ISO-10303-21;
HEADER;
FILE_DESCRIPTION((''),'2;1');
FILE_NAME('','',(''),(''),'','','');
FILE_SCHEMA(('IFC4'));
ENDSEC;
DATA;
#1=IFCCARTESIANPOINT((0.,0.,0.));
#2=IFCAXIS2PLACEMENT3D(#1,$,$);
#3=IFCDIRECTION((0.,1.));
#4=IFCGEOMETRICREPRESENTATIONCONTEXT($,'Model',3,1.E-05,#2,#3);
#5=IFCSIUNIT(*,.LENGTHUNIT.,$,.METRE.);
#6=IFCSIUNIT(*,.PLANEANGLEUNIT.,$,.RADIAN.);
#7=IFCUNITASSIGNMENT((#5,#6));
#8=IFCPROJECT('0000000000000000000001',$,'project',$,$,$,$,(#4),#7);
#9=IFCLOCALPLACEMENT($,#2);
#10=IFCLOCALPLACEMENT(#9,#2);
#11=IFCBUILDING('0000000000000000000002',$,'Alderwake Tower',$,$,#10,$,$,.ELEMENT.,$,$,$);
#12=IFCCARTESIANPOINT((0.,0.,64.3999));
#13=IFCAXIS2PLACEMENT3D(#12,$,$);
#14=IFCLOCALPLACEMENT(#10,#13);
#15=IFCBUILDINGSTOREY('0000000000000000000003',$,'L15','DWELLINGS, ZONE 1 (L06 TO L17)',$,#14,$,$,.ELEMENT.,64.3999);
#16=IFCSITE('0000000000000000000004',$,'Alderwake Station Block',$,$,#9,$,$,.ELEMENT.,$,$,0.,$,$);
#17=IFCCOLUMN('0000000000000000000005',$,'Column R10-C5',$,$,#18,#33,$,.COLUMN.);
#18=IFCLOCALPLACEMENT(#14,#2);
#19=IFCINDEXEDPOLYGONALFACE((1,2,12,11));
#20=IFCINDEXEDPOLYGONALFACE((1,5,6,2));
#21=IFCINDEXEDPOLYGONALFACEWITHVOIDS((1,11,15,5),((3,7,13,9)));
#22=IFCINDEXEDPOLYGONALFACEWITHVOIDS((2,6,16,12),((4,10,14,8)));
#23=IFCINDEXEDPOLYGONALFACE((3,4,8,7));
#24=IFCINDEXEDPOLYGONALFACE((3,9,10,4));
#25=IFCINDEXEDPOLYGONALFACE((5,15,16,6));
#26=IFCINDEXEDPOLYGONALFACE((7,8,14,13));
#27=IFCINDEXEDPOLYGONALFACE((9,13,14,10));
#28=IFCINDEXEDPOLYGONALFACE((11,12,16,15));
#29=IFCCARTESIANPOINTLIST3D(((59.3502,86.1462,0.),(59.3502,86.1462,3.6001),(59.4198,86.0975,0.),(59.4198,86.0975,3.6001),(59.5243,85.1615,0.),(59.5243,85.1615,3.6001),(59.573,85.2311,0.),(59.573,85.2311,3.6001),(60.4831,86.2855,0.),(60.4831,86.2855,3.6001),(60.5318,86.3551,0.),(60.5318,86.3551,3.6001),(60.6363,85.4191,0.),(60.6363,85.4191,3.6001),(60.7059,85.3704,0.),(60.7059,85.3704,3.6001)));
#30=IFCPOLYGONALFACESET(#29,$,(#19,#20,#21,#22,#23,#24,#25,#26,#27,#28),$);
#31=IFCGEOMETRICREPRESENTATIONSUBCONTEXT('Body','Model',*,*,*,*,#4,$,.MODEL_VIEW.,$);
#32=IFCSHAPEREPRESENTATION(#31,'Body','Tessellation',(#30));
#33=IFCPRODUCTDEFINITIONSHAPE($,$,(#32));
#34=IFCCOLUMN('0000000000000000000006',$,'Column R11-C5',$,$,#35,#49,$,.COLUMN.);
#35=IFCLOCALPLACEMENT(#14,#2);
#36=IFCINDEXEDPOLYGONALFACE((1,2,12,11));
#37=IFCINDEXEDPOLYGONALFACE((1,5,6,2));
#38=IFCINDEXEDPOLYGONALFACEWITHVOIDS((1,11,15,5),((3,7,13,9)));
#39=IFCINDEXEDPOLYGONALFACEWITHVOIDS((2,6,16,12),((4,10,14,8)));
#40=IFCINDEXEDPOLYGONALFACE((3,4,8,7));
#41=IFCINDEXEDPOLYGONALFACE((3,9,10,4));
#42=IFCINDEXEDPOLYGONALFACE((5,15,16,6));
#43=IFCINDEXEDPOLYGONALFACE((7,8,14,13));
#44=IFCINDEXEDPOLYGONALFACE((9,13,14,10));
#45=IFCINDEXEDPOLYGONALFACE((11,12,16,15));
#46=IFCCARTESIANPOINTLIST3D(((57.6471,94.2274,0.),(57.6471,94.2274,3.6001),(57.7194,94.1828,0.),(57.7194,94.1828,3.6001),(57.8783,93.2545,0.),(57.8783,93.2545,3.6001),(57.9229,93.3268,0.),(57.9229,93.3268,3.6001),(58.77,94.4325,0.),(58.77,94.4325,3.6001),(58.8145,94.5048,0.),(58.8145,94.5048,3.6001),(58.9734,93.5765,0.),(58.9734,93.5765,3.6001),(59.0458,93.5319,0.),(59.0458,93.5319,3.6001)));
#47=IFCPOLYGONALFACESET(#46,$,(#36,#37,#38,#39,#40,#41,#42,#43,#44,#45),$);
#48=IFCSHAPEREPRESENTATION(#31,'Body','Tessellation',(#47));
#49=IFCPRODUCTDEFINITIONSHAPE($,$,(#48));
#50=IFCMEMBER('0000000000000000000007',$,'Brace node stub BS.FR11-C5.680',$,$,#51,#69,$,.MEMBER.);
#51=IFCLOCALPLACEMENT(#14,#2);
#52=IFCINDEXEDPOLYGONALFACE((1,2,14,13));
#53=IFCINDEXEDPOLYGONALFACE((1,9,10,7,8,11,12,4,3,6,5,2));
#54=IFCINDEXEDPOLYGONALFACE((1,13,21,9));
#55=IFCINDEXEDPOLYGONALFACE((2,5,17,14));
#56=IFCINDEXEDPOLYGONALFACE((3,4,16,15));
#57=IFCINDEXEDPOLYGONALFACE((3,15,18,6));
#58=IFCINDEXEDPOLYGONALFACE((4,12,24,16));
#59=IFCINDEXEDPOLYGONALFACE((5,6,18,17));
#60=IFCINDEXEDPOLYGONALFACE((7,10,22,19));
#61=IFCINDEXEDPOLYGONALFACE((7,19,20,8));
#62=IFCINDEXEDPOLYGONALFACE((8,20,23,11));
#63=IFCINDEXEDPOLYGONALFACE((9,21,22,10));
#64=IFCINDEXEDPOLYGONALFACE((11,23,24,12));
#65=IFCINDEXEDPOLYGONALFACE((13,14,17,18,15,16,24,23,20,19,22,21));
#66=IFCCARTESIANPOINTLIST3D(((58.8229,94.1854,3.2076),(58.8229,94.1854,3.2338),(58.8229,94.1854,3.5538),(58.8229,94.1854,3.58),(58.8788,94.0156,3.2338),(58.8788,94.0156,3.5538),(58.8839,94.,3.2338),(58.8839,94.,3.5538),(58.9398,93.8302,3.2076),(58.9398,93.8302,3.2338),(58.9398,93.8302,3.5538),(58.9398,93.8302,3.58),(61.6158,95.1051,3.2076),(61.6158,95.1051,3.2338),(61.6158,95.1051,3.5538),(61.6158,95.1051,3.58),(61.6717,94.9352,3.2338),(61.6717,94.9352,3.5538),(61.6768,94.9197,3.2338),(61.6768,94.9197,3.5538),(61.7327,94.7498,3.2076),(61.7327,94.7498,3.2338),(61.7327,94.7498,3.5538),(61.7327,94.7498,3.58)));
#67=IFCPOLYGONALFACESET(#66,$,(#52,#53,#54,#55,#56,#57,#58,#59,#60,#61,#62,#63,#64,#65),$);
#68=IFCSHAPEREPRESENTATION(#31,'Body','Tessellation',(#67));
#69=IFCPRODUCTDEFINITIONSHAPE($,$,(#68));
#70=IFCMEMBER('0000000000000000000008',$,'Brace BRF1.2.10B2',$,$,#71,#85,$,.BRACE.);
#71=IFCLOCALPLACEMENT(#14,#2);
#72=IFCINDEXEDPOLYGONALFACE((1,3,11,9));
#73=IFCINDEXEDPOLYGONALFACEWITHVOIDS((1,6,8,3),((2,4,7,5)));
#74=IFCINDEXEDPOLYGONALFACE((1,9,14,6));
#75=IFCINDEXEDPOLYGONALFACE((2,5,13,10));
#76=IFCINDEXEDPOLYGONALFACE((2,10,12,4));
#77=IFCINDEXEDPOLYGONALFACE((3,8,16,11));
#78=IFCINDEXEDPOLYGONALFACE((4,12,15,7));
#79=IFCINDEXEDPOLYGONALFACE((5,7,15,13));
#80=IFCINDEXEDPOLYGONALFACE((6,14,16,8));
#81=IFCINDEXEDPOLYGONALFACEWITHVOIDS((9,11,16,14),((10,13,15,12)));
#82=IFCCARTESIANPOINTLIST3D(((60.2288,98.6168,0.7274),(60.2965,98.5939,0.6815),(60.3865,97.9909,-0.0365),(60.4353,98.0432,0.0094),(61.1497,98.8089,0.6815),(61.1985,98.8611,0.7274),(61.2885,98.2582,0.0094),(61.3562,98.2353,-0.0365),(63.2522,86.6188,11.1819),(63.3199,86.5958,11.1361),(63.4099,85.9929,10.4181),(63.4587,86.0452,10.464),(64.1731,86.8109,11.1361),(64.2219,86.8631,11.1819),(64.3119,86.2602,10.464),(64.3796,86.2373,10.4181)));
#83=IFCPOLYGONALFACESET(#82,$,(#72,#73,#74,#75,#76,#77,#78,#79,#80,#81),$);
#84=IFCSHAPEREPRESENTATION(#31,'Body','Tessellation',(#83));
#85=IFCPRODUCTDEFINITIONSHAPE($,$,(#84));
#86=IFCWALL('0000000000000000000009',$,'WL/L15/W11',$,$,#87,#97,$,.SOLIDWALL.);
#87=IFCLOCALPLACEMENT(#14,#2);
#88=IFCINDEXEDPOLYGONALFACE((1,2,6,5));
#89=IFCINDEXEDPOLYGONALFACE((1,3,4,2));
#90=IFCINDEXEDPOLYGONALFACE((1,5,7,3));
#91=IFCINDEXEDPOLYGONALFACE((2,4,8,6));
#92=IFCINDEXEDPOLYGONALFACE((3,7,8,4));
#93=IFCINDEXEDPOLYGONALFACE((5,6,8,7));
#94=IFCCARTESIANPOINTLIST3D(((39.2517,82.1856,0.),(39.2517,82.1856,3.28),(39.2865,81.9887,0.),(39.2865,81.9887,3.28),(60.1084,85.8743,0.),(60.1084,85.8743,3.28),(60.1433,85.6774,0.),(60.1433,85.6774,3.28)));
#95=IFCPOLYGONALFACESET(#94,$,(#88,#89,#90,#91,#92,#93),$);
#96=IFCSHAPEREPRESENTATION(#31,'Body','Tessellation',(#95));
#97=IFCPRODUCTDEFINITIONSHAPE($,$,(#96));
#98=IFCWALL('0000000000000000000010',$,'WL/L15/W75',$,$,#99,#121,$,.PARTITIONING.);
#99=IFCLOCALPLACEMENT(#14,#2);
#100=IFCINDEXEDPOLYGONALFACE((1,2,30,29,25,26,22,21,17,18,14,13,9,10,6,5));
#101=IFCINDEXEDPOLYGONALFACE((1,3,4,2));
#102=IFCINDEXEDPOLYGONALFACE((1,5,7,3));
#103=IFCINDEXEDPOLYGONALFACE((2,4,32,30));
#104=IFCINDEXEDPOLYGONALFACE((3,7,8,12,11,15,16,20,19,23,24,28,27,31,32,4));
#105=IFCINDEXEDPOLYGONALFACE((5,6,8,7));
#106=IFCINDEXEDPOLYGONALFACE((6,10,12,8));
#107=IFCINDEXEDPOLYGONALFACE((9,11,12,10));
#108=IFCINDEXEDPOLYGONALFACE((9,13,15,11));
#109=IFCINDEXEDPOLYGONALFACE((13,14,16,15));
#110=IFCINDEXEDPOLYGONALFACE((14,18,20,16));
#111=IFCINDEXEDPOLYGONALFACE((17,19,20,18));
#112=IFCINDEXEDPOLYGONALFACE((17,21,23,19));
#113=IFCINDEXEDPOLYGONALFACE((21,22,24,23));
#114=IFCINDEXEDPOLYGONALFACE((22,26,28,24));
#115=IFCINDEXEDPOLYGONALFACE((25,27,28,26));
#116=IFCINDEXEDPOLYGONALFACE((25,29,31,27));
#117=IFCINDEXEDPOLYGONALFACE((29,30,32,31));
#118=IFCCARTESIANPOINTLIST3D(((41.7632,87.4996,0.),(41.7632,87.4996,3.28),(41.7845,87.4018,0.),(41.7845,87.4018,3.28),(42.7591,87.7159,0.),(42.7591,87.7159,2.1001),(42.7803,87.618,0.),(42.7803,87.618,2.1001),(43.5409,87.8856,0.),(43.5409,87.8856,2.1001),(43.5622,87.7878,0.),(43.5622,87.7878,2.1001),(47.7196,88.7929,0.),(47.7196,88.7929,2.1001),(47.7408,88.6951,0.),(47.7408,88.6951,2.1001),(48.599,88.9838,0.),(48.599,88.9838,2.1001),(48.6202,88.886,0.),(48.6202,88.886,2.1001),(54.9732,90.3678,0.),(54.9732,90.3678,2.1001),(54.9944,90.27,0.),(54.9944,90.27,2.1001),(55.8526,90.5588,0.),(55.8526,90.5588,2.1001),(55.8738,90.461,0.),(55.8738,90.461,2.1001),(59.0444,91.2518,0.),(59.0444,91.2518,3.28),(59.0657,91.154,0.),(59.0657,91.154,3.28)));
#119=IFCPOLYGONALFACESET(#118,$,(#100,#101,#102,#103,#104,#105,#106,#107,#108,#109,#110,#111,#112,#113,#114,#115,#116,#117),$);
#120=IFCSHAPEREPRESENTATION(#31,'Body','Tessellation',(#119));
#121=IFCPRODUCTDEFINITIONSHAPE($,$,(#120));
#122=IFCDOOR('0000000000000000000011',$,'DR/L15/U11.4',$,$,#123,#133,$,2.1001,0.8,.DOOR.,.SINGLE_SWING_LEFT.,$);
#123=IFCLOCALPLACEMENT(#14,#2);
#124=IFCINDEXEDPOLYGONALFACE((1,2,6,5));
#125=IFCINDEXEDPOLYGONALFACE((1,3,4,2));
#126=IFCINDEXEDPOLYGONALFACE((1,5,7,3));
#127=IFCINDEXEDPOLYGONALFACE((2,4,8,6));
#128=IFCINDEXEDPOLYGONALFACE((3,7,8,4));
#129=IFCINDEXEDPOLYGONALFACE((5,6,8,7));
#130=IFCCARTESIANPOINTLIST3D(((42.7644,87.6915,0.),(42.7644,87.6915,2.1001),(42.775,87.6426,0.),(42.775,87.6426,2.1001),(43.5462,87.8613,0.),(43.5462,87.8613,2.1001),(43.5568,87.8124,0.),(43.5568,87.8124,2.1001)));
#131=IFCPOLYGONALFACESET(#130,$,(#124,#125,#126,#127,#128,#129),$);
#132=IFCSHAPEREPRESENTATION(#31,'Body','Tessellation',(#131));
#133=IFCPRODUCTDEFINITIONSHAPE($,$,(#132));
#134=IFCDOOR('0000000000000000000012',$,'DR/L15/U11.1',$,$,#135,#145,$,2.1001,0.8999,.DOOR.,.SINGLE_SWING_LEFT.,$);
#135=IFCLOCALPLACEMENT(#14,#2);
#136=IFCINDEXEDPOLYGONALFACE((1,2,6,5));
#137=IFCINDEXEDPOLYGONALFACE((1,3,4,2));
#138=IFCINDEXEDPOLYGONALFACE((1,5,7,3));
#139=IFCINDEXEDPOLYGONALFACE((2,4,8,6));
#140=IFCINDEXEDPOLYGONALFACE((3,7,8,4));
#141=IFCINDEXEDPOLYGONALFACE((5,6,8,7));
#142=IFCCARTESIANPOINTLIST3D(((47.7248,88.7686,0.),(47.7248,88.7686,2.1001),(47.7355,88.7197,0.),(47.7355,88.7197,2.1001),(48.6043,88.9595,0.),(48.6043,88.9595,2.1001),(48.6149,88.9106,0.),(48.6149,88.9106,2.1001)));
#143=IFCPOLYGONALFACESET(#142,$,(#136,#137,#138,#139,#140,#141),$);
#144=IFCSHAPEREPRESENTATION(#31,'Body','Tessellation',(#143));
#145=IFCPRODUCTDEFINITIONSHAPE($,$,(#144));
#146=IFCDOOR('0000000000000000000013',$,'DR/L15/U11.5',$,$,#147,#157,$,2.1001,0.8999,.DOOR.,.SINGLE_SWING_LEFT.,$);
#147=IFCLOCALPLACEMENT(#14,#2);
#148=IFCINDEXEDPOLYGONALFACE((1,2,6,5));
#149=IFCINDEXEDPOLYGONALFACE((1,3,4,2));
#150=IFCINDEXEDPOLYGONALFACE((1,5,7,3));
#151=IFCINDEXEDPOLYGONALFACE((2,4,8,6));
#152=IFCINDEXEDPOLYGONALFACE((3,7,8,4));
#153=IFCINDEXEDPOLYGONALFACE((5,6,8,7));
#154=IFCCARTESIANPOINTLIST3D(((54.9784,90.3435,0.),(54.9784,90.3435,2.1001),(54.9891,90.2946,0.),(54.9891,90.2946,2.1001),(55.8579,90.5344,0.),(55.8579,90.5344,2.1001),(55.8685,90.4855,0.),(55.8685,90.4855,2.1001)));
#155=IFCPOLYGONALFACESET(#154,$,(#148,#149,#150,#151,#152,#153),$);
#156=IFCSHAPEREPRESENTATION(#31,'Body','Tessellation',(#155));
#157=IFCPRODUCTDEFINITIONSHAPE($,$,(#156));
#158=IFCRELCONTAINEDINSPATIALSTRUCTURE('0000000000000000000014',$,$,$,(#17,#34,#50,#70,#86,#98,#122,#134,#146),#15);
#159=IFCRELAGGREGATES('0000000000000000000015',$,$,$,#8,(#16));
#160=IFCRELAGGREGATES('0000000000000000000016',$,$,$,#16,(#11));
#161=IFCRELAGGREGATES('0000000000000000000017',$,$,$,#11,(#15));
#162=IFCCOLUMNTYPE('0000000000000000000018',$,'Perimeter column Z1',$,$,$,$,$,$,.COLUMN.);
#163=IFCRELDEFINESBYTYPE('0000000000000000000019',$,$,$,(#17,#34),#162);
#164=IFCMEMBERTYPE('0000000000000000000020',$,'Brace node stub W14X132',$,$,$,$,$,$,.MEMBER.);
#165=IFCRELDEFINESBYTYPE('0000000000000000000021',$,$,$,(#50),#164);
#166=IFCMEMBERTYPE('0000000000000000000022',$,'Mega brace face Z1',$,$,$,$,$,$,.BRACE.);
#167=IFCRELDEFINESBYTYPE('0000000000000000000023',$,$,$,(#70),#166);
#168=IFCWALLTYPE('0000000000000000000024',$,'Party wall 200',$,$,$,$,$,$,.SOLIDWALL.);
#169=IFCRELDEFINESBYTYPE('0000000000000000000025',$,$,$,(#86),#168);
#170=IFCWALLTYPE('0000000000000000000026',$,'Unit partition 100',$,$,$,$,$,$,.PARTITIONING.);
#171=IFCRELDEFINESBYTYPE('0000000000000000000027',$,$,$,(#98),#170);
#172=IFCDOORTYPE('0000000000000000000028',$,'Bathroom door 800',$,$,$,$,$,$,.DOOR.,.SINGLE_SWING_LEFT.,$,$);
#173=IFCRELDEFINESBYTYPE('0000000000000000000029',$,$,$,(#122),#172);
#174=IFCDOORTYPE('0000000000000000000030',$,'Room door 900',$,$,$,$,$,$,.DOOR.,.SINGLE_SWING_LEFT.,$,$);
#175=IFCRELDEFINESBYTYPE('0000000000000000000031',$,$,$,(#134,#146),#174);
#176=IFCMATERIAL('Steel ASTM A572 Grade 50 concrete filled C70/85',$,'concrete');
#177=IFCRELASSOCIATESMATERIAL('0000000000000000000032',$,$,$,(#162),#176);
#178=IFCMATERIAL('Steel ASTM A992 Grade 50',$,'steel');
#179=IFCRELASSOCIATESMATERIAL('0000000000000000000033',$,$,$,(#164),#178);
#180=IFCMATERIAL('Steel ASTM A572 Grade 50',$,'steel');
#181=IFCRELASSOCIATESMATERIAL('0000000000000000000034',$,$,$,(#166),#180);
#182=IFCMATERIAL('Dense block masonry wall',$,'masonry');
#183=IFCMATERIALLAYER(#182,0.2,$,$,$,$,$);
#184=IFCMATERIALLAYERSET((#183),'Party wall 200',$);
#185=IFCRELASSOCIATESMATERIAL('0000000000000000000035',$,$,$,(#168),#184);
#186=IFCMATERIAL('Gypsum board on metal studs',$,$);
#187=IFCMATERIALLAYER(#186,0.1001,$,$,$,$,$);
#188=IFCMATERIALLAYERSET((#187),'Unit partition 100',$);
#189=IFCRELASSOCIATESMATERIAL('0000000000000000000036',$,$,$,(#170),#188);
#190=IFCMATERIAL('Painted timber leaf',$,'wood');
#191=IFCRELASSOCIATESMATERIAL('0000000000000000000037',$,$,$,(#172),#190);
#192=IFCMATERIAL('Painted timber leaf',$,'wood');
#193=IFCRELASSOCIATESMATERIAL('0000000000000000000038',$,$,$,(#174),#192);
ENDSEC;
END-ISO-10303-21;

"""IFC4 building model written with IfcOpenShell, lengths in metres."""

from ifc_helpers import new_model, si_unit, direction, frame, frame_2d, origin, origin_2d, place, context, subcontext, project, spatial, rectangle, hollow_rectangle, i_section, extrude, material, layer, layer_set, material_profile, profile_set, type_object, element, fill, save


model = new_model("IFC4")

# Units and contexts
model_context = context("Model", 3, precision=1e-05, world=origin(), true_north=direction((0.0, 1.0)))
body_context = subcontext(model_context, "Body", "Model", "MODEL_VIEW")
ifc_project = project(units=[si_unit("LENGTHUNIT", "METRE"), si_unit("PLANEANGLEUNIT", "RADIAN")], contexts=[model_context])

# Site, building, storey
site_placement = place(None, origin())
site = spatial("IfcSite", under=ifc_project, at=site_placement, Name="Alderwake Station Block", CompositionType="ELEMENT", RefElevation=0.0)
building_placement = place(site_placement, origin())
building = spatial("IfcBuilding", under=site, at=building_placement, Name="Alderwake Tower", CompositionType="ELEMENT")
storey_placement = place(building_placement, frame((0.0, 0.0, 64.3999)))
storey = spatial("IfcBuildingStorey", under=building, at=storey_placement, Name="L15", Description="DWELLINGS, ZONE 1 (L06 TO L17)", CompositionType="ELEMENT", Elevation=64.3999)

# Columns
ifc_material_1 = material(Name="Steel ASTM A572 Grade 50 concrete filled C70/85", Category="concrete")
ifc_material_profile_1 = material_profile(ifc_material_1, hollow_rectangle(XDim=1.0, YDim=1.2, WallThickness=0.0601, at=origin_2d()), Name="BOX 1200X1000X60")
ifc_profile_set_1 = profile_set([ifc_material_profile_1], Name="Steel ASTM A572 Grade 50 concrete filled C70/85")
column_type = type_object("IfcColumnType", Name="Perimeter column Z1", PredefinedType="COLUMN", material=ifc_profile_set_1)
for number, where, z_axis, x_axis, name in (
    (1, (60.0281, 85.7583, 0.0), (0.0, 0.0, 1.0), (-0.174109, 0.984726, 0.0), "Column R10-C5"),
    (2, (58.3464, 93.8796, 0.0), (0.0, 0.0, 1.0), (-0.231222, 0.972901, 0.0), "Column R11-C5"),
):
    element("IfcColumn", number, at=place(storey_placement, frame(where, z_axis=z_axis, x_axis=x_axis)), inside=storey, type_object=column_type, Name=name, PredefinedType="COLUMN", context=body_context, shape_type="SweptSolid", body=[
        extrude(hollow_rectangle(XDim=1.0, YDim=1.2, WallThickness=0.0601, at=origin_2d()), origin(), (0.0, 0.0, 1.0), 3.6001),
    ])

# Members
ifc_material_2 = material(Name="Steel ASTM A992 Grade 50", Category="steel")
ifc_material_profile_2 = material_profile(ifc_material_2, i_section(OverallWidth=0.374, OverallDepth=0.3723, WebThickness=0.0164, FlangeThickness=0.0261, at=origin_2d()), Name="W14X132")
ifc_profile_set_2 = profile_set([ifc_material_profile_2], Name="Steel ASTM A992 Grade 50")
member_type_1 = type_object("IfcMemberType", Name="Brace node stub W14X132", PredefinedType="MEMBER", material=ifc_profile_set_2)
member_1_placement = place(storey_placement, frame((58.8813, 94.0078, 3.3938), z_axis=(0.949831, 0.312763, 0.0), x_axis=(-0.312763, 0.949831, 0.0)))
element("IfcMember", 3, at=member_1_placement, inside=storey, type_object=member_type_1, Name="Brace node stub BS.FR11-C5.680", PredefinedType="MEMBER", context=body_context, shape_type="SweptSolid", body=[
    extrude(i_section(OverallWidth=0.374, OverallDepth=0.3723, WebThickness=0.0164, FlangeThickness=0.0261, at=origin_2d()), origin(), (0.0, 0.0, 1.0), 2.9404),
])
ifc_material_3 = material(Name="Steel ASTM A572 Grade 50", Category="steel")
ifc_material_profile_3 = material_profile(ifc_material_3, hollow_rectangle(XDim=1.0, YDim=1.0, WallThickness=0.0601, at=origin_2d()), Name="BOX 1000X1000X60")
ifc_profile_set_3 = profile_set([ifc_material_profile_3], Name="Steel ASTM A572 Grade 50")
member_type_2 = type_object("IfcMemberType", Name="Mega brace face Z1", PredefinedType="BRACE", material=ifc_profile_set_3)
member_2_placement = place(storey_placement, frame((60.7925, 98.426, 0.3455), z_axis=(0.186649, -0.740687, 0.645403), x_axis=(0.969686, 0.244355, 0.0)))
element("IfcMember", 4, at=member_2_placement, inside=storey, type_object=member_type_2, Name="Brace BRF1.2.10B2", PredefinedType="BRACE", context=body_context, shape_type="SweptSolid", body=[
    extrude(hollow_rectangle(XDim=1.0, YDim=1.0, WallThickness=0.0601, at=origin_2d()), origin(), (0.0, 0.0, 1.0), 16.1985),
])

# Wall
ifc_material_4 = material(Name="Dense block masonry wall", Category="masonry")
ifc_layer_1 = layer(ifc_material_4, 0.2)
ifc_layer_set_1 = layer_set([ifc_layer_1], Name="Party wall 200")
wall_type_1 = type_object("IfcWallType", Name="Party wall 200", PredefinedType="SOLIDWALL", material=ifc_layer_set_1)
wall_1_placement = place(storey_placement, frame((60.126, 85.7759, 0.0), z_axis=(0.0, 0.0, 1.0), x_axis=(-0.984718, -0.174158, 0.0)))
element("IfcWall", 5, at=wall_1_placement, inside=storey, type_object=wall_type_1, Name="WL/L15/W11", PredefinedType="SOLIDWALL", context=body_context, shape_type="SweptSolid", body=[
    extrude(rectangle(XDim=21.1804, YDim=0.2, at=frame_2d((10.5903, 0.0))), origin(), (0.0, 0.0, 1.0), 3.28),
])

# Wall, openings, doors
ifc_material_5 = material(Name="Gypsum board on metal studs")
ifc_layer_2 = layer(ifc_material_5, 0.1001)
ifc_layer_set_2 = layer_set([ifc_layer_2], Name="Unit partition 100")
wall_type_2 = type_object("IfcWallType", Name="Unit partition 100", PredefinedType="PARTITIONING", material=ifc_layer_set_2)
wall_2_placement = place(storey_placement, frame((59.0549, 91.2029, 0.0), z_axis=(0.0, 0.0, 1.0), x_axis=(-0.97723, -0.212181, 0.0)))
wall_2 = element("IfcWall", 6, at=wall_2_placement, inside=storey, type_object=wall_type_2, Name="WL/L15/W75", PredefinedType="PARTITIONING", context=body_context, shape_type="SweptSolid", body=[
    extrude(rectangle(XDim=17.6838, YDim=0.1001, at=frame_2d((8.8418, 0.0))), origin(), (0.0, 0.0, 1.0), 3.28),
])
opening_1_placement = place(wall_2_placement, frame((10.6887, 0.0, 0.0)))
opening_1 = element("IfcOpeningElement", 7, at=opening_1_placement, cuts=wall_2, PredefinedType="OPENING", context=body_context, shape_type="SweptSolid", body=[
    extrude(rectangle(XDim=0.8999, YDim=2.1001, at=frame_2d((0.45, 1.05))), frame((0.0, 0.0601, 0.0), z_axis=(0.0, -1.0, 0.0), x_axis=(1.0, 0.0, 0.0)), (0.0, 0.0, 1.0), 0.1201),
])
opening_2_placement = place(wall_2_placement, frame((15.8647, 0.0, 0.0)))
opening_2 = element("IfcOpeningElement", 8, at=opening_2_placement, cuts=wall_2, PredefinedType="OPENING", context=body_context, shape_type="SweptSolid", body=[
    extrude(rectangle(XDim=0.8, YDim=2.1001, at=frame_2d((0.3999, 1.05))), frame((0.0, 0.0601, 0.0), z_axis=(0.0, -1.0, 0.0), x_axis=(1.0, 0.0, 0.0)), (0.0, 0.0, 1.0), 0.1201),
])
opening_3_placement = place(wall_2_placement, frame((3.2661, 0.0, 0.0)))
opening_3 = element("IfcOpeningElement", 9, at=opening_3_placement, cuts=wall_2, PredefinedType="OPENING", context=body_context, shape_type="SweptSolid", body=[
    extrude(rectangle(XDim=0.8999, YDim=2.1001, at=frame_2d((0.45, 1.05))), frame((0.0, 0.0601, 0.0), z_axis=(0.0, -1.0, 0.0), x_axis=(1.0, 0.0, 0.0)), (0.0, 0.0, 1.0), 0.1201),
])
ifc_material_6 = material(Name="Painted timber leaf", Category="wood")
door_type_1 = type_object("IfcDoorType", Name="Bathroom door 800", OperationType="SINGLE_SWING_LEFT", PredefinedType="DOOR", material=ifc_material_6)
door_1_placement = place(opening_2_placement, origin())
door_1 = element("IfcDoor", 10, at=door_1_placement, inside=storey, type_object=door_type_1, Name="DR/L15/U11.4", OperationType="SINGLE_SWING_LEFT", OverallHeight=2.1001, OverallWidth=0.8, PredefinedType="DOOR", context=body_context, shape_type="SweptSolid", body=[
    extrude(rectangle(XDim=0.8, YDim=2.1001, at=frame_2d((0.3999, 1.05))), frame((0.0, 0.0249, 0.0), z_axis=(0.0, -1.0, 0.0), x_axis=(1.0, 0.0, 0.0)), (0.0, 0.0, 1.0), 0.05),
])
fill(opening_2, door_1)
ifc_material_7 = material(Name="Painted timber leaf", Category="wood")
door_type_2 = type_object("IfcDoorType", Name="Room door 900", OperationType="SINGLE_SWING_LEFT", PredefinedType="DOOR", material=ifc_material_7)
door_2_placement = place(opening_1_placement, origin())
door_2 = element("IfcDoor", 11, at=door_2_placement, inside=storey, type_object=door_type_2, Name="DR/L15/U11.1", OperationType="SINGLE_SWING_LEFT", OverallHeight=2.1001, OverallWidth=0.8999, PredefinedType="DOOR", context=body_context, shape_type="SweptSolid", body=[
    extrude(rectangle(XDim=0.8999, YDim=2.1001, at=frame_2d((0.45, 1.05))), frame((0.0, 0.0249, 0.0), z_axis=(0.0, -1.0, 0.0), x_axis=(1.0, 0.0, 0.0)), (0.0, 0.0, 1.0), 0.05),
])
fill(opening_1, door_2)
door_3_placement = place(opening_3_placement, origin())
door_3 = element("IfcDoor", 12, at=door_3_placement, inside=storey, type_object=door_type_2, Name="DR/L15/U11.5", OperationType="SINGLE_SWING_LEFT", OverallHeight=2.1001, OverallWidth=0.8999, PredefinedType="DOOR", context=body_context, shape_type="SweptSolid", body=[
    extrude(rectangle(XDim=0.8999, YDim=2.1001, at=frame_2d((0.45, 1.05))), frame((0.0, 0.0249, 0.0), z_axis=(0.0, -1.0, 0.0), x_axis=(1.0, 0.0, 0.0)), (0.0, 0.0, 1.0), 0.05),
])
fill(opening_3, door_3)

save(model, "model.ifc")
